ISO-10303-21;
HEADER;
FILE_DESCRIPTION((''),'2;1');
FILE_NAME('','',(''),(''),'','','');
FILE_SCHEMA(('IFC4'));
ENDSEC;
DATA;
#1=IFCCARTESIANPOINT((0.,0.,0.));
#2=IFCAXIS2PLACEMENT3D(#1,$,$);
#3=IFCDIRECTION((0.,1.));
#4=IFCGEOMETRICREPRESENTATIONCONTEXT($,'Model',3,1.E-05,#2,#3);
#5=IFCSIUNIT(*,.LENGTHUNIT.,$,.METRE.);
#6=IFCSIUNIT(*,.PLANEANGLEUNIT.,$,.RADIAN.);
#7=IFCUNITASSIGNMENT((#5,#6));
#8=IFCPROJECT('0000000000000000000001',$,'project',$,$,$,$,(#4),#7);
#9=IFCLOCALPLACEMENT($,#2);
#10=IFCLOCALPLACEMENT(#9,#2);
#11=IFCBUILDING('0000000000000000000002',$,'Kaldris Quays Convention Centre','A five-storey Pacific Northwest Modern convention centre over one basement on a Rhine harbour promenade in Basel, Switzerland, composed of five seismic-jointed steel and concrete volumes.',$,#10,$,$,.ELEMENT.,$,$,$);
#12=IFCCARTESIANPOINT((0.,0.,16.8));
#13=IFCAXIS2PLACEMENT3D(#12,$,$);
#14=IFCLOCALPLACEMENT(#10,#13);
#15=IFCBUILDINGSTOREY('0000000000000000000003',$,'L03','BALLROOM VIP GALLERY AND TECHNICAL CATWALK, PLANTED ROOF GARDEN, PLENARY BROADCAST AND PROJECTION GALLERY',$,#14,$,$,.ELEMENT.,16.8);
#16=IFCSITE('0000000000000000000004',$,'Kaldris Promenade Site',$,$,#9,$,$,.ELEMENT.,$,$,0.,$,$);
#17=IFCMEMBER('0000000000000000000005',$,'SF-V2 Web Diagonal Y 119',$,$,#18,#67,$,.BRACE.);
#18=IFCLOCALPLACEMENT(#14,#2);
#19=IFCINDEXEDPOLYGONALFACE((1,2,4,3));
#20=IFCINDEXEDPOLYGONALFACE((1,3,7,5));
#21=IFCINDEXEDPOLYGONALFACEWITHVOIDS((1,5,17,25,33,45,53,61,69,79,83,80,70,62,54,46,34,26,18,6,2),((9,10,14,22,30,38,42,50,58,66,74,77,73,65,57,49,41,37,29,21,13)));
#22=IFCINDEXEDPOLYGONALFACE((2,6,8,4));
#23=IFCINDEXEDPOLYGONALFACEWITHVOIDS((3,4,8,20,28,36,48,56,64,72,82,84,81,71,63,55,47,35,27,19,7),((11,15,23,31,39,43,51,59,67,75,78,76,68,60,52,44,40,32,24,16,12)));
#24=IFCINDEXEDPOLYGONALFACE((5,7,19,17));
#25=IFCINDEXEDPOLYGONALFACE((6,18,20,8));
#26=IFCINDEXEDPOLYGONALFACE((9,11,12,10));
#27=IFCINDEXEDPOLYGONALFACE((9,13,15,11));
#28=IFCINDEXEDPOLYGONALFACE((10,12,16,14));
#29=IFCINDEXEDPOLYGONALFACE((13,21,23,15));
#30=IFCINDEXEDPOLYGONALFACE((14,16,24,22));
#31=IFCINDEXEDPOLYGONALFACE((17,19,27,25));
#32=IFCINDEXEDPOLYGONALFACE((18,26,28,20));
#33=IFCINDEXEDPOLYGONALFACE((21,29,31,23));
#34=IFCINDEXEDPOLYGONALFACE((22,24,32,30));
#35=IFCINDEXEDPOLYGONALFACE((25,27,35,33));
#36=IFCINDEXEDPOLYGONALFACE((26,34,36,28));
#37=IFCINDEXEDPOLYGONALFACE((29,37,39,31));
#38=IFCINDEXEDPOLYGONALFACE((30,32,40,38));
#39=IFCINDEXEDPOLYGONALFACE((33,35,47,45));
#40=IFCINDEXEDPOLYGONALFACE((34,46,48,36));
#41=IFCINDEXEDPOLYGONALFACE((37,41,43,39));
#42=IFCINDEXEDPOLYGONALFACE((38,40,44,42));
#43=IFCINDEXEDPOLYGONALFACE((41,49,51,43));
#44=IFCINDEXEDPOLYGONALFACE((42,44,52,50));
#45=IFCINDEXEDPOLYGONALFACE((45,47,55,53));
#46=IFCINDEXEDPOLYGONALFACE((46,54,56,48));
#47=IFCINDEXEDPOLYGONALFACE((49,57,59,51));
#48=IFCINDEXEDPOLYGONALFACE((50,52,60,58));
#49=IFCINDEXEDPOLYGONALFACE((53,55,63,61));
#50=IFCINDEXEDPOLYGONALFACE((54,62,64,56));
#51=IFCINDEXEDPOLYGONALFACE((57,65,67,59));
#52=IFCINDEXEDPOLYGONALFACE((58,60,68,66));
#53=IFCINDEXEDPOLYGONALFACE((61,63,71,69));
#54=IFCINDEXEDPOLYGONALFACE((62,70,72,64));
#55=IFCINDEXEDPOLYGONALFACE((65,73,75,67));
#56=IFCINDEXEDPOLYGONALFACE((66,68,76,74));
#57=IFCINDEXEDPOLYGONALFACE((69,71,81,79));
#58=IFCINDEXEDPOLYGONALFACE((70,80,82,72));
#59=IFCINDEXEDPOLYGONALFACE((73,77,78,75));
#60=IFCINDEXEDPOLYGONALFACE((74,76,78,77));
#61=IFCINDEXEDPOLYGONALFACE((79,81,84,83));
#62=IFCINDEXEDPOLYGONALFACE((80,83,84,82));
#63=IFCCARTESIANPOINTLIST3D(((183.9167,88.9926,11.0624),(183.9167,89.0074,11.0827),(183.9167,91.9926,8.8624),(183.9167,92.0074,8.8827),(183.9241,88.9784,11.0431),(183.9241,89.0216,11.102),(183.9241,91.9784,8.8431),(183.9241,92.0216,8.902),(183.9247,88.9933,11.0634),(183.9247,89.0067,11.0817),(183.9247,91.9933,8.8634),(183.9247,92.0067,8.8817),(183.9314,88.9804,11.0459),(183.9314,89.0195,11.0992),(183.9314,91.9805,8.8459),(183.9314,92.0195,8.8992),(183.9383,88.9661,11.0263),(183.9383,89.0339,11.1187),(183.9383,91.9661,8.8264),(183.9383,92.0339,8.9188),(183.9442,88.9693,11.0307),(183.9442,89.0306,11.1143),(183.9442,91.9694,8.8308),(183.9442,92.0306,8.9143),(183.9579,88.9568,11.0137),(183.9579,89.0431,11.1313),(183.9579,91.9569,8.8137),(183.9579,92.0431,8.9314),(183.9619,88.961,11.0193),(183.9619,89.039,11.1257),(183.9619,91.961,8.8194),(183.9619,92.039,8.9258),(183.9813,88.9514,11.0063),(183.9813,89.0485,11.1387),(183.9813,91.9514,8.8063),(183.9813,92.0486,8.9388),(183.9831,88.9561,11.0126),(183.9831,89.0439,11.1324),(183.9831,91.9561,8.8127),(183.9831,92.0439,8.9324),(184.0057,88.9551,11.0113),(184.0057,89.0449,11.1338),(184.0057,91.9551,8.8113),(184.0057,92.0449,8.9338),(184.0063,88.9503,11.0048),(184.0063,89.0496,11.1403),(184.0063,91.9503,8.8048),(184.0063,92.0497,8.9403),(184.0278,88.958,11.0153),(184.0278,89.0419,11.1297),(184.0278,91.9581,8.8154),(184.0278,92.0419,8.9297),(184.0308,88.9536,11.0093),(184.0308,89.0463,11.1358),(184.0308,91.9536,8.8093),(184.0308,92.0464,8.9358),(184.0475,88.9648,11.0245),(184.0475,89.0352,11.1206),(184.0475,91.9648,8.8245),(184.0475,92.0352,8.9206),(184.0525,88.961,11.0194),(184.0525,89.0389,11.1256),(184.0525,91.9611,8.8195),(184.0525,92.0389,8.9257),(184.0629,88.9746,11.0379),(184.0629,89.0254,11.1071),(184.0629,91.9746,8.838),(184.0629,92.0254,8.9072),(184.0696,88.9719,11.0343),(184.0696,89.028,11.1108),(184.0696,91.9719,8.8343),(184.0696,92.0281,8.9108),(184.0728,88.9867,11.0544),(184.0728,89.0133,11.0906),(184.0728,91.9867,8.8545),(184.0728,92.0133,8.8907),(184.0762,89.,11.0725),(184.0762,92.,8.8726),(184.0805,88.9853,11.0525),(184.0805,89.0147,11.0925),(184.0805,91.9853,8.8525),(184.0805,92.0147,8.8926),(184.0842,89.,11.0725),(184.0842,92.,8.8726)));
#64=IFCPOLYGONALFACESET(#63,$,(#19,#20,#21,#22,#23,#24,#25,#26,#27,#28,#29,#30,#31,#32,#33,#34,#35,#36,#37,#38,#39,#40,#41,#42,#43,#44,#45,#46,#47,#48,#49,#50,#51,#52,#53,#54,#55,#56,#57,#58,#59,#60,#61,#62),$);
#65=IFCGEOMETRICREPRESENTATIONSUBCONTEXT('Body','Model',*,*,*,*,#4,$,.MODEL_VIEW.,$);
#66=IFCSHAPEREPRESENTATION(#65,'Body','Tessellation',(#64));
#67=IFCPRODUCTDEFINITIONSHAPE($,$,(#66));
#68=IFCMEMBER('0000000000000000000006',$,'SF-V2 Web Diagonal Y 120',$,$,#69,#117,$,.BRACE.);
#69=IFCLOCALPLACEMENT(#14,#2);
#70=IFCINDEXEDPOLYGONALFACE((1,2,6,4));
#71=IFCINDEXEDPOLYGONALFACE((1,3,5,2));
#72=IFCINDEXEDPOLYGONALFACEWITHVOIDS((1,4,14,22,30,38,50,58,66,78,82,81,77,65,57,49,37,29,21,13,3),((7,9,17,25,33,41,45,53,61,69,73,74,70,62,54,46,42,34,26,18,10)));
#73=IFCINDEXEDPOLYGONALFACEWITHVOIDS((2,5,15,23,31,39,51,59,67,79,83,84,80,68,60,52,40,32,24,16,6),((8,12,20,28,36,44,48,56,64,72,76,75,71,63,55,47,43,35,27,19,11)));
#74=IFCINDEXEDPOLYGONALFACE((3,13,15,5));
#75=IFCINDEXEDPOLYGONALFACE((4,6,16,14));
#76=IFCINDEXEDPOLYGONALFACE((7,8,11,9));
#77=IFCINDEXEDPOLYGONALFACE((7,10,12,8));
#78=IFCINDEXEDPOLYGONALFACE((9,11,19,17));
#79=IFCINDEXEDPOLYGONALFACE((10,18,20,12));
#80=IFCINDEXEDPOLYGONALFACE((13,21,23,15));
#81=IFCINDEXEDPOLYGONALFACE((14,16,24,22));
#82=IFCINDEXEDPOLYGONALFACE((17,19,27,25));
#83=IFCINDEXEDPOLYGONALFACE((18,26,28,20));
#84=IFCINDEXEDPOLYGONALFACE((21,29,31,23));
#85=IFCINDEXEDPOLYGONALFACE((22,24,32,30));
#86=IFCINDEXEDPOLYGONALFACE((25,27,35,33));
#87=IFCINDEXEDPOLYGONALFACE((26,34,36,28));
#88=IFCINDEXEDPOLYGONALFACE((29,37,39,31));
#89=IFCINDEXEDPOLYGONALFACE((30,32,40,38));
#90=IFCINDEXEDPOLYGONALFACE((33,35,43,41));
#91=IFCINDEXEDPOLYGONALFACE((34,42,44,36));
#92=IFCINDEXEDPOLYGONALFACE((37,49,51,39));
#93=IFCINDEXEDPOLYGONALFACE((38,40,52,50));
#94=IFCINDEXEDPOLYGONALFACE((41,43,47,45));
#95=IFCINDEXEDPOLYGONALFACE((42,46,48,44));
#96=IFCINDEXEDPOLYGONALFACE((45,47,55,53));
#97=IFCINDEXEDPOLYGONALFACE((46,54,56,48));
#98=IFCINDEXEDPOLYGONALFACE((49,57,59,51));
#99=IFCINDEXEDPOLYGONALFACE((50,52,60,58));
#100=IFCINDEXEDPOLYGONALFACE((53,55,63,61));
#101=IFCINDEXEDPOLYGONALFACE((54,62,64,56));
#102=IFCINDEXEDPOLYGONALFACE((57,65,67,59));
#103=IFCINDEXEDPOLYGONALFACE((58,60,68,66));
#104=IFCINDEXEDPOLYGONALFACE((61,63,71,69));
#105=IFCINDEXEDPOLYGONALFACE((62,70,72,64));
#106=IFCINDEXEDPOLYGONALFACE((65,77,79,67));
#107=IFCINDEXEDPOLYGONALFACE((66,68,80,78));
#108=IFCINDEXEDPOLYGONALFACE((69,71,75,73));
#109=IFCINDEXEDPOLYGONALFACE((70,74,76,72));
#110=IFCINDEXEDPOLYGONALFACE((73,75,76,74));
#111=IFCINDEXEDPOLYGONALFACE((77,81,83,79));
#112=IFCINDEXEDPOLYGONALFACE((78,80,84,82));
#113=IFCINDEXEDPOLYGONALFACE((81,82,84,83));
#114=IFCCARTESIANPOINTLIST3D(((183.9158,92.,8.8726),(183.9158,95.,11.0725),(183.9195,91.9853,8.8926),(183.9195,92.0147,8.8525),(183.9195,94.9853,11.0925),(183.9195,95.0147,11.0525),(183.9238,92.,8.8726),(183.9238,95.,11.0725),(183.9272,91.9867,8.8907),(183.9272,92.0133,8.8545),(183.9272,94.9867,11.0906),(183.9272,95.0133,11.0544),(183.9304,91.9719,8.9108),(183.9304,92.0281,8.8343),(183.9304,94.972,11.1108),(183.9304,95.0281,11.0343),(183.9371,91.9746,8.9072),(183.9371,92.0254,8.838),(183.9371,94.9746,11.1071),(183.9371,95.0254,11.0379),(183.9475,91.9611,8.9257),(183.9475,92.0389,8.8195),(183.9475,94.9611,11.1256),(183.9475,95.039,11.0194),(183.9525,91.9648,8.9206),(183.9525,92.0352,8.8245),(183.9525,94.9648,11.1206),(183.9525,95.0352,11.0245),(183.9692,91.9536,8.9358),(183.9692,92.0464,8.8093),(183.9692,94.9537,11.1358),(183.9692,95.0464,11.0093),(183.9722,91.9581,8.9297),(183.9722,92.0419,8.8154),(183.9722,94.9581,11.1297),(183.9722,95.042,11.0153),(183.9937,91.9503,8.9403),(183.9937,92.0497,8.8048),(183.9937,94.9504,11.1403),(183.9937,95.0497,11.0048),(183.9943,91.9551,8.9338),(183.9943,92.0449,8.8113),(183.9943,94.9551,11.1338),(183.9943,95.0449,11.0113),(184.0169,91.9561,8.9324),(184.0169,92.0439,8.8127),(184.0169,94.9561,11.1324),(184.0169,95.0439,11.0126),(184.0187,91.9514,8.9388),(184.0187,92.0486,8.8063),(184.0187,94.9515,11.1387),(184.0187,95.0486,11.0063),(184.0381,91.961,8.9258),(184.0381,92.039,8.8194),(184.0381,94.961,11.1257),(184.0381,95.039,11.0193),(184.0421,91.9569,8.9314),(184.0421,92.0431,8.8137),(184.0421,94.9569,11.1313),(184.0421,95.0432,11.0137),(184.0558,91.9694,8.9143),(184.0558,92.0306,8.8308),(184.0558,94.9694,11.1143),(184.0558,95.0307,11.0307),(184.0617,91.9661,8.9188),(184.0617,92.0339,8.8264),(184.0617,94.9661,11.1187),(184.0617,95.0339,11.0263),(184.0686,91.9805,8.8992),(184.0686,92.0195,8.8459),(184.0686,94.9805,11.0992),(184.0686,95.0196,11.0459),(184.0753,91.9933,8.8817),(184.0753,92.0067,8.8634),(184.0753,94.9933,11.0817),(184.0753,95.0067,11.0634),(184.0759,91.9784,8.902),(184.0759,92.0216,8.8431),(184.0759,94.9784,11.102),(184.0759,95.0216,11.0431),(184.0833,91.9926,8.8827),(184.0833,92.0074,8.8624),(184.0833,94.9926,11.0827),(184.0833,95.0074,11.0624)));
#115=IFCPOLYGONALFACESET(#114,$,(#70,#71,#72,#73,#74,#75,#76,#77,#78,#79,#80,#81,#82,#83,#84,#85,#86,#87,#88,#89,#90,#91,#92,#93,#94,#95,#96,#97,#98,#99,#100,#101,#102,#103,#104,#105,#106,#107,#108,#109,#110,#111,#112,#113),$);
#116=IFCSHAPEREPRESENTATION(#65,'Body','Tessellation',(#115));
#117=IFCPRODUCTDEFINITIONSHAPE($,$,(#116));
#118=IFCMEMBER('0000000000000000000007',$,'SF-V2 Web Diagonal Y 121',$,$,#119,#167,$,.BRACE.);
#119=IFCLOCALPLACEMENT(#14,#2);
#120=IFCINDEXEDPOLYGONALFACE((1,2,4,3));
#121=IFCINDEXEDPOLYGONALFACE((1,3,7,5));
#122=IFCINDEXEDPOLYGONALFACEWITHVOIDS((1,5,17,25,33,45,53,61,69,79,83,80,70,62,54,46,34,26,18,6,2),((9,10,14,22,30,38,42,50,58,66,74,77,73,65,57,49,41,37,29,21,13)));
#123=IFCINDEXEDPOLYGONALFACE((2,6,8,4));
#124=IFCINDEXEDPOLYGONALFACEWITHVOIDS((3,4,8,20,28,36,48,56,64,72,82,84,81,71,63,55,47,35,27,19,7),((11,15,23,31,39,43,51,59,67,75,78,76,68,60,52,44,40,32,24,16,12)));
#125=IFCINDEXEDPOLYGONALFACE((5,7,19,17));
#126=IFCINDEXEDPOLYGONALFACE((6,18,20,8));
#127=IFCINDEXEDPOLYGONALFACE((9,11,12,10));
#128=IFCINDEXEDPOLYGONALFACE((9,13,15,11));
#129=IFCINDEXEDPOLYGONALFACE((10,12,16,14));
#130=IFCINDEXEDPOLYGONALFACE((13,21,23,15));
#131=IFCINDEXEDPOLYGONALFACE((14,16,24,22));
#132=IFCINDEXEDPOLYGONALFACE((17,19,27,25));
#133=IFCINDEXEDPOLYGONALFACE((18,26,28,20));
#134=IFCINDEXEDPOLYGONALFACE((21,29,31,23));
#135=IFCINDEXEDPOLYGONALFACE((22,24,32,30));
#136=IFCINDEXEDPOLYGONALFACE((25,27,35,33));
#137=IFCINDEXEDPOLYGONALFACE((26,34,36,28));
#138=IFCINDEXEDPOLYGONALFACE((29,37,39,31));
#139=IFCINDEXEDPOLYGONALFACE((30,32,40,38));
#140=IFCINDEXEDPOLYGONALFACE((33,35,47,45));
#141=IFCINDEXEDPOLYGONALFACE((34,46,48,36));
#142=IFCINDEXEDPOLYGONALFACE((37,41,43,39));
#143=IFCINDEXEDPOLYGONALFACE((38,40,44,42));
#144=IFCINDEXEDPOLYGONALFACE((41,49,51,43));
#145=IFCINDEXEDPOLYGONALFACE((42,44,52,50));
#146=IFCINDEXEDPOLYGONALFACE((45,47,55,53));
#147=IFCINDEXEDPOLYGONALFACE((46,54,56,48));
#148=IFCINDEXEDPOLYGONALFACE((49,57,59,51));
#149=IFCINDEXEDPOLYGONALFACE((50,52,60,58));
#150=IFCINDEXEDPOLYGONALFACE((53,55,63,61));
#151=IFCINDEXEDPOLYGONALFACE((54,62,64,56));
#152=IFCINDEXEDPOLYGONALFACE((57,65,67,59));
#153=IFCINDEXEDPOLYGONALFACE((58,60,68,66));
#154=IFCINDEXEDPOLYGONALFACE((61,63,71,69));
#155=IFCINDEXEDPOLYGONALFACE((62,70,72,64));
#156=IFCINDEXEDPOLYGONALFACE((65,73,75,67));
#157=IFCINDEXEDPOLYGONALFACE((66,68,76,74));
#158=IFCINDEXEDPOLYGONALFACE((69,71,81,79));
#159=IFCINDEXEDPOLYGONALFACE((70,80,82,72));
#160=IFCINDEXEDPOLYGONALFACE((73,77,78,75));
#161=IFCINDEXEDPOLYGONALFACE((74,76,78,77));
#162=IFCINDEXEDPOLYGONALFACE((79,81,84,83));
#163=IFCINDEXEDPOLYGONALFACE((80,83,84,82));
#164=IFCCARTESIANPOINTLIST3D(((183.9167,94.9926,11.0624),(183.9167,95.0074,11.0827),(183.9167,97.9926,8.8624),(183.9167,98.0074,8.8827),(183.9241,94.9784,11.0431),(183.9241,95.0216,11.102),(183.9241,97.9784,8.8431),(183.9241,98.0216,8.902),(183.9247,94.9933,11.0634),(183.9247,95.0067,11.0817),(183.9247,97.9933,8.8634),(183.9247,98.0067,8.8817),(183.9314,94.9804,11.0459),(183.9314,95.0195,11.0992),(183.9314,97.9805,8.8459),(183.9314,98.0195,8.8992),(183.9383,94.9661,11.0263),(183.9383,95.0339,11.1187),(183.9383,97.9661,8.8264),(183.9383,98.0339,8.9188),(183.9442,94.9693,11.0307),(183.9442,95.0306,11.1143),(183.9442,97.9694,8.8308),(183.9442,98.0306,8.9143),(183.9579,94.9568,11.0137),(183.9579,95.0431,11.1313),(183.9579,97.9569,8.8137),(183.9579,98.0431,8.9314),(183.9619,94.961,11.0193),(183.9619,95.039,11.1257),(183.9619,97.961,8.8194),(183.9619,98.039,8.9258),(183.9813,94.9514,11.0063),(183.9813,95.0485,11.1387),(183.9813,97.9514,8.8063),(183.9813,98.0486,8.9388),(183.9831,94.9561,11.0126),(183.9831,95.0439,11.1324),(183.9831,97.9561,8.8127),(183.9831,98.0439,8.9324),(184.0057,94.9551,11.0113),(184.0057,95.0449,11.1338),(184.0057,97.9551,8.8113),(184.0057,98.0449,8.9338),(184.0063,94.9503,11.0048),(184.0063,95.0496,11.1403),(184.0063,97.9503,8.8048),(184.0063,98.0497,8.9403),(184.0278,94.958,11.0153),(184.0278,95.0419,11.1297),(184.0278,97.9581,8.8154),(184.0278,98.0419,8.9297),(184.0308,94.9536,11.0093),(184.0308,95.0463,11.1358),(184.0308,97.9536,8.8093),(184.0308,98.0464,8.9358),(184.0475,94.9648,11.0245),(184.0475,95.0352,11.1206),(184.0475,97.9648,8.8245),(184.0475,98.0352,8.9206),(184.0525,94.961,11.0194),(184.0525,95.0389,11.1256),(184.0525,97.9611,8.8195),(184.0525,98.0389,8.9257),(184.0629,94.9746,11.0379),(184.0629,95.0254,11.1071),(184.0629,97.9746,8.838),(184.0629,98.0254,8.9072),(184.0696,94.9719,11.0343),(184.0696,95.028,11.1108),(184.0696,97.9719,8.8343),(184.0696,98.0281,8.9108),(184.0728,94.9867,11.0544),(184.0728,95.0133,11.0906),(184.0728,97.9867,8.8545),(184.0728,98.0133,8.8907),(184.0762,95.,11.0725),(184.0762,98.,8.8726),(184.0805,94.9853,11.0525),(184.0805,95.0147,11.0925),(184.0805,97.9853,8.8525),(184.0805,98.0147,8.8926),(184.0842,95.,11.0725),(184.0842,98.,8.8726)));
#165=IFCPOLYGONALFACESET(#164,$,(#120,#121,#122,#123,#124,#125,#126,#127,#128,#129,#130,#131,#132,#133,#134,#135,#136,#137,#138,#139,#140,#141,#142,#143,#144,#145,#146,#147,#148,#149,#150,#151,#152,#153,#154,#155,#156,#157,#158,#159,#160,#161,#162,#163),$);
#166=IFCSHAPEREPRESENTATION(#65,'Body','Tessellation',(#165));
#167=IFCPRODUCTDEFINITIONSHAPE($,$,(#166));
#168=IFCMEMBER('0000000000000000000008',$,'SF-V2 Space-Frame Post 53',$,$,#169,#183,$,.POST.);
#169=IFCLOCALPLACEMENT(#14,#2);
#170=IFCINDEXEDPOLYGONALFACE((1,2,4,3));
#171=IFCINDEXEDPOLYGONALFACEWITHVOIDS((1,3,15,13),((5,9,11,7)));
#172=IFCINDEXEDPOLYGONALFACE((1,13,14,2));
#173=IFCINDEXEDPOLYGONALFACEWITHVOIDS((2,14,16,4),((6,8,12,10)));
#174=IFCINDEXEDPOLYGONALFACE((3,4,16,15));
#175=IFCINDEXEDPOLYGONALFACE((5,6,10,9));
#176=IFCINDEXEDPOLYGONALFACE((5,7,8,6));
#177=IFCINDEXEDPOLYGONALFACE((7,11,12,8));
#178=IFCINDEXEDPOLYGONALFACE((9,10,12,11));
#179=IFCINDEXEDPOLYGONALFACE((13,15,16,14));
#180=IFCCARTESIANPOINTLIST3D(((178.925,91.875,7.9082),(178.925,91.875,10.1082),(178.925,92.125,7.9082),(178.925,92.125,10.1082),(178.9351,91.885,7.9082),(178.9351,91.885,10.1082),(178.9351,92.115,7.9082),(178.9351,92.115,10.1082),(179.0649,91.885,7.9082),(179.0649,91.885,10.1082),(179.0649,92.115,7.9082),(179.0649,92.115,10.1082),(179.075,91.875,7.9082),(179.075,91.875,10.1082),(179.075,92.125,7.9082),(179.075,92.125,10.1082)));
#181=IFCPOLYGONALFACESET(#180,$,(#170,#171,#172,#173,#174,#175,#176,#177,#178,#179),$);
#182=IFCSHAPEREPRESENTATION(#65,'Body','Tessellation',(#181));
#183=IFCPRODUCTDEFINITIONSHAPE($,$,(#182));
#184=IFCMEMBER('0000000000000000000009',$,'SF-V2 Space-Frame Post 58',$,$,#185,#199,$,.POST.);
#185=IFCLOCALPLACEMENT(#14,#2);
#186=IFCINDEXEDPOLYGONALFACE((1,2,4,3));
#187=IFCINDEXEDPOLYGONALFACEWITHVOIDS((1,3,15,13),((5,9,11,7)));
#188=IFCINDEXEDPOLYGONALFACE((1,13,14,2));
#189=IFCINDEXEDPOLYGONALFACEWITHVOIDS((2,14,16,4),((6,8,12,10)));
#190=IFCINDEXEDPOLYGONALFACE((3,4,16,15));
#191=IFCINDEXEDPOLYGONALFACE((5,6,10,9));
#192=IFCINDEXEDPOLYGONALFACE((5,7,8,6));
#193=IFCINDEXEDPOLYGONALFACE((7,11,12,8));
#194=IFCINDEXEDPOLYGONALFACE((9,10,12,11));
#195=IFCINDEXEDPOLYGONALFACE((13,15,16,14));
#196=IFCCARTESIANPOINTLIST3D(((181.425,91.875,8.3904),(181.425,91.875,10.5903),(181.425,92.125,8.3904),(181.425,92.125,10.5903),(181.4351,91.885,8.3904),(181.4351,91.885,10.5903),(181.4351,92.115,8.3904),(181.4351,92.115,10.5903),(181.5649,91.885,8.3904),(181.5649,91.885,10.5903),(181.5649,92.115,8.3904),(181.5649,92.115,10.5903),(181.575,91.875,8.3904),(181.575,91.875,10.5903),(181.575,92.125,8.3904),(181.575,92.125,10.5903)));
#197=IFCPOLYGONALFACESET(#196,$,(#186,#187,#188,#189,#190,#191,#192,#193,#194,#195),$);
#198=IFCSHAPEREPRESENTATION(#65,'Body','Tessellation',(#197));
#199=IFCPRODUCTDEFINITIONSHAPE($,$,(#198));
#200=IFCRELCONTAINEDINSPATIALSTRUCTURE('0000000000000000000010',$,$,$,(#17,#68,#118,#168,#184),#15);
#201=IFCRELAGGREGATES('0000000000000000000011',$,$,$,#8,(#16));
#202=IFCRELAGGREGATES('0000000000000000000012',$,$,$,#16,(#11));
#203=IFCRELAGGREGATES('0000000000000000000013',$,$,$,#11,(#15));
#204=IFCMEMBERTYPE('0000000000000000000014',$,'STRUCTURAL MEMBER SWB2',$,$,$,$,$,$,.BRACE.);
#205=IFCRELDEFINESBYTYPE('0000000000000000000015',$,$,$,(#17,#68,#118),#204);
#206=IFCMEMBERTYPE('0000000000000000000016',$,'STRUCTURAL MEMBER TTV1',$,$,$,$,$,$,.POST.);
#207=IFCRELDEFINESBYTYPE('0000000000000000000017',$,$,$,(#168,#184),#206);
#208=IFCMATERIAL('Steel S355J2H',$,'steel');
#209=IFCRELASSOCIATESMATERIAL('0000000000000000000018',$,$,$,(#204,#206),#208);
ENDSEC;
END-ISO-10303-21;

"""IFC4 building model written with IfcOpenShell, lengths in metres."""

from ifc_helpers import new_model, si_unit, direction, frame, origin, origin_2d, place, context, subcontext, project, spatial, hollow_rectangle, hollow_circle, extrude, material, material_profile, profile_set, type_object, element, save


model = new_model("IFC4")

# Units and contexts
model_context = context("Model", 3, precision=1e-05, world=origin(), true_north=direction((0.0, 1.0)))
body_context = subcontext(model_context, "Body", "Model", "MODEL_VIEW")
ifc_project = project(units=[si_unit("LENGTHUNIT", "METRE"), si_unit("PLANEANGLEUNIT", "RADIAN")], contexts=[model_context])

# Site, building, storey
site_placement = place(None, origin())
site = spatial("IfcSite", under=ifc_project, at=site_placement, Name="Kaldris Promenade Site", CompositionType="ELEMENT", RefElevation=0.0)
building_placement = place(site_placement, origin())
building = spatial("IfcBuilding", under=site, at=building_placement, Name="Kaldris Quays Convention Centre", Description="A five-storey Pacific Northwest Modern convention centre over one basement on a Rhine harbour promenade in Basel, Switzerland, composed of five seismic-jointed steel and concrete volumes.", CompositionType="ELEMENT")
storey_placement = place(building_placement, frame((0.0, 0.0, 16.8)))
storey = spatial("IfcBuildingStorey", under=building, at=storey_placement, Name="L03", Description="BALLROOM VIP GALLERY AND TECHNICAL CATWALK, PLANTED ROOF GARDEN, PLENARY BROADCAST AND PROJECTION GALLERY", CompositionType="ELEMENT", Elevation=16.8)

# Members
ifc_material_1 = material(Name="Steel S355J2H", Category="steel")
ifc_material_profile_1 = material_profile(ifc_material_1, hollow_circle(Radius=0.0842, WallThickness=0.0081, at=origin_2d()), Name="CHS 168.3x8")
ifc_profile_set_1 = profile_set([ifc_material_profile_1], Name="Steel S355J2H")
member_type_1 = type_object("IfcMemberType", Name="STRUCTURAL MEMBER SWB2", PredefinedType="BRACE", material=ifc_profile_set_1)
for number, where, z_axis, x_axis, name in (
    (1, (184.0, 92.0, 8.8726), (0.0, -0.806411, 0.591355), (1.0, 0.0, 0.0), "SF-V2 Web Diagonal Y 119"),
    (2, (184.0, 92.0, 8.8726), (0.0, 0.806411, 0.591355), (-1.0, 0.0, 0.0), "SF-V2 Web Diagonal Y 120"),
    (3, (184.0, 98.0, 8.8726), (0.0, -0.806411, 0.591355), (1.0, 0.0, 0.0), "SF-V2 Web Diagonal Y 121"),
):
    element("IfcMember", number, at=place(storey_placement, frame(where, z_axis=z_axis, x_axis=x_axis)), inside=storey, type_object=member_type_1, Name=name, PredefinedType="BRACE", context=body_context, shape_type="SweptSolid", body=[
        extrude(hollow_circle(Radius=0.0842, WallThickness=0.0081, at=origin_2d()), origin(), (0.0, 0.0, 1.0), 3.7202),
    ])
ifc_material_profile_2 = material_profile(ifc_material_1, hollow_rectangle(XDim=0.1499, YDim=0.25, WallThickness=0.01, at=origin_2d()), Name="RHS 250x150x10")
ifc_profile_set_2 = profile_set([ifc_material_profile_2], Name="Steel S355J2H")
member_type_2 = type_object("IfcMemberType", Name="STRUCTURAL MEMBER TTV1", PredefinedType="POST", material=ifc_profile_set_2)
for number, where, z_axis, x_axis, name in (
    (4, (179.0, 92.0, 7.9082), (0.0, 0.0, 1.0), (1.0, 0.0, 0.0), "SF-V2 Space-Frame Post 53"),
    (5, (181.5, 92.0, 8.3904), (0.0, 0.0, 1.0), (1.0, 0.0, 0.0), "SF-V2 Space-Frame Post 58"),
):
    element("IfcMember", number, at=place(storey_placement, frame(where, z_axis=z_axis, x_axis=x_axis)), inside=storey, type_object=member_type_2, Name=name, PredefinedType="POST", context=body_context, shape_type="SweptSolid", body=[
        extrude(hollow_rectangle(XDim=0.1499, YDim=0.25, WallThickness=0.01, at=origin_2d()), origin(), (0.0, 0.0, 1.0), 2.2),
    ])

save(model, "model.ifc")
